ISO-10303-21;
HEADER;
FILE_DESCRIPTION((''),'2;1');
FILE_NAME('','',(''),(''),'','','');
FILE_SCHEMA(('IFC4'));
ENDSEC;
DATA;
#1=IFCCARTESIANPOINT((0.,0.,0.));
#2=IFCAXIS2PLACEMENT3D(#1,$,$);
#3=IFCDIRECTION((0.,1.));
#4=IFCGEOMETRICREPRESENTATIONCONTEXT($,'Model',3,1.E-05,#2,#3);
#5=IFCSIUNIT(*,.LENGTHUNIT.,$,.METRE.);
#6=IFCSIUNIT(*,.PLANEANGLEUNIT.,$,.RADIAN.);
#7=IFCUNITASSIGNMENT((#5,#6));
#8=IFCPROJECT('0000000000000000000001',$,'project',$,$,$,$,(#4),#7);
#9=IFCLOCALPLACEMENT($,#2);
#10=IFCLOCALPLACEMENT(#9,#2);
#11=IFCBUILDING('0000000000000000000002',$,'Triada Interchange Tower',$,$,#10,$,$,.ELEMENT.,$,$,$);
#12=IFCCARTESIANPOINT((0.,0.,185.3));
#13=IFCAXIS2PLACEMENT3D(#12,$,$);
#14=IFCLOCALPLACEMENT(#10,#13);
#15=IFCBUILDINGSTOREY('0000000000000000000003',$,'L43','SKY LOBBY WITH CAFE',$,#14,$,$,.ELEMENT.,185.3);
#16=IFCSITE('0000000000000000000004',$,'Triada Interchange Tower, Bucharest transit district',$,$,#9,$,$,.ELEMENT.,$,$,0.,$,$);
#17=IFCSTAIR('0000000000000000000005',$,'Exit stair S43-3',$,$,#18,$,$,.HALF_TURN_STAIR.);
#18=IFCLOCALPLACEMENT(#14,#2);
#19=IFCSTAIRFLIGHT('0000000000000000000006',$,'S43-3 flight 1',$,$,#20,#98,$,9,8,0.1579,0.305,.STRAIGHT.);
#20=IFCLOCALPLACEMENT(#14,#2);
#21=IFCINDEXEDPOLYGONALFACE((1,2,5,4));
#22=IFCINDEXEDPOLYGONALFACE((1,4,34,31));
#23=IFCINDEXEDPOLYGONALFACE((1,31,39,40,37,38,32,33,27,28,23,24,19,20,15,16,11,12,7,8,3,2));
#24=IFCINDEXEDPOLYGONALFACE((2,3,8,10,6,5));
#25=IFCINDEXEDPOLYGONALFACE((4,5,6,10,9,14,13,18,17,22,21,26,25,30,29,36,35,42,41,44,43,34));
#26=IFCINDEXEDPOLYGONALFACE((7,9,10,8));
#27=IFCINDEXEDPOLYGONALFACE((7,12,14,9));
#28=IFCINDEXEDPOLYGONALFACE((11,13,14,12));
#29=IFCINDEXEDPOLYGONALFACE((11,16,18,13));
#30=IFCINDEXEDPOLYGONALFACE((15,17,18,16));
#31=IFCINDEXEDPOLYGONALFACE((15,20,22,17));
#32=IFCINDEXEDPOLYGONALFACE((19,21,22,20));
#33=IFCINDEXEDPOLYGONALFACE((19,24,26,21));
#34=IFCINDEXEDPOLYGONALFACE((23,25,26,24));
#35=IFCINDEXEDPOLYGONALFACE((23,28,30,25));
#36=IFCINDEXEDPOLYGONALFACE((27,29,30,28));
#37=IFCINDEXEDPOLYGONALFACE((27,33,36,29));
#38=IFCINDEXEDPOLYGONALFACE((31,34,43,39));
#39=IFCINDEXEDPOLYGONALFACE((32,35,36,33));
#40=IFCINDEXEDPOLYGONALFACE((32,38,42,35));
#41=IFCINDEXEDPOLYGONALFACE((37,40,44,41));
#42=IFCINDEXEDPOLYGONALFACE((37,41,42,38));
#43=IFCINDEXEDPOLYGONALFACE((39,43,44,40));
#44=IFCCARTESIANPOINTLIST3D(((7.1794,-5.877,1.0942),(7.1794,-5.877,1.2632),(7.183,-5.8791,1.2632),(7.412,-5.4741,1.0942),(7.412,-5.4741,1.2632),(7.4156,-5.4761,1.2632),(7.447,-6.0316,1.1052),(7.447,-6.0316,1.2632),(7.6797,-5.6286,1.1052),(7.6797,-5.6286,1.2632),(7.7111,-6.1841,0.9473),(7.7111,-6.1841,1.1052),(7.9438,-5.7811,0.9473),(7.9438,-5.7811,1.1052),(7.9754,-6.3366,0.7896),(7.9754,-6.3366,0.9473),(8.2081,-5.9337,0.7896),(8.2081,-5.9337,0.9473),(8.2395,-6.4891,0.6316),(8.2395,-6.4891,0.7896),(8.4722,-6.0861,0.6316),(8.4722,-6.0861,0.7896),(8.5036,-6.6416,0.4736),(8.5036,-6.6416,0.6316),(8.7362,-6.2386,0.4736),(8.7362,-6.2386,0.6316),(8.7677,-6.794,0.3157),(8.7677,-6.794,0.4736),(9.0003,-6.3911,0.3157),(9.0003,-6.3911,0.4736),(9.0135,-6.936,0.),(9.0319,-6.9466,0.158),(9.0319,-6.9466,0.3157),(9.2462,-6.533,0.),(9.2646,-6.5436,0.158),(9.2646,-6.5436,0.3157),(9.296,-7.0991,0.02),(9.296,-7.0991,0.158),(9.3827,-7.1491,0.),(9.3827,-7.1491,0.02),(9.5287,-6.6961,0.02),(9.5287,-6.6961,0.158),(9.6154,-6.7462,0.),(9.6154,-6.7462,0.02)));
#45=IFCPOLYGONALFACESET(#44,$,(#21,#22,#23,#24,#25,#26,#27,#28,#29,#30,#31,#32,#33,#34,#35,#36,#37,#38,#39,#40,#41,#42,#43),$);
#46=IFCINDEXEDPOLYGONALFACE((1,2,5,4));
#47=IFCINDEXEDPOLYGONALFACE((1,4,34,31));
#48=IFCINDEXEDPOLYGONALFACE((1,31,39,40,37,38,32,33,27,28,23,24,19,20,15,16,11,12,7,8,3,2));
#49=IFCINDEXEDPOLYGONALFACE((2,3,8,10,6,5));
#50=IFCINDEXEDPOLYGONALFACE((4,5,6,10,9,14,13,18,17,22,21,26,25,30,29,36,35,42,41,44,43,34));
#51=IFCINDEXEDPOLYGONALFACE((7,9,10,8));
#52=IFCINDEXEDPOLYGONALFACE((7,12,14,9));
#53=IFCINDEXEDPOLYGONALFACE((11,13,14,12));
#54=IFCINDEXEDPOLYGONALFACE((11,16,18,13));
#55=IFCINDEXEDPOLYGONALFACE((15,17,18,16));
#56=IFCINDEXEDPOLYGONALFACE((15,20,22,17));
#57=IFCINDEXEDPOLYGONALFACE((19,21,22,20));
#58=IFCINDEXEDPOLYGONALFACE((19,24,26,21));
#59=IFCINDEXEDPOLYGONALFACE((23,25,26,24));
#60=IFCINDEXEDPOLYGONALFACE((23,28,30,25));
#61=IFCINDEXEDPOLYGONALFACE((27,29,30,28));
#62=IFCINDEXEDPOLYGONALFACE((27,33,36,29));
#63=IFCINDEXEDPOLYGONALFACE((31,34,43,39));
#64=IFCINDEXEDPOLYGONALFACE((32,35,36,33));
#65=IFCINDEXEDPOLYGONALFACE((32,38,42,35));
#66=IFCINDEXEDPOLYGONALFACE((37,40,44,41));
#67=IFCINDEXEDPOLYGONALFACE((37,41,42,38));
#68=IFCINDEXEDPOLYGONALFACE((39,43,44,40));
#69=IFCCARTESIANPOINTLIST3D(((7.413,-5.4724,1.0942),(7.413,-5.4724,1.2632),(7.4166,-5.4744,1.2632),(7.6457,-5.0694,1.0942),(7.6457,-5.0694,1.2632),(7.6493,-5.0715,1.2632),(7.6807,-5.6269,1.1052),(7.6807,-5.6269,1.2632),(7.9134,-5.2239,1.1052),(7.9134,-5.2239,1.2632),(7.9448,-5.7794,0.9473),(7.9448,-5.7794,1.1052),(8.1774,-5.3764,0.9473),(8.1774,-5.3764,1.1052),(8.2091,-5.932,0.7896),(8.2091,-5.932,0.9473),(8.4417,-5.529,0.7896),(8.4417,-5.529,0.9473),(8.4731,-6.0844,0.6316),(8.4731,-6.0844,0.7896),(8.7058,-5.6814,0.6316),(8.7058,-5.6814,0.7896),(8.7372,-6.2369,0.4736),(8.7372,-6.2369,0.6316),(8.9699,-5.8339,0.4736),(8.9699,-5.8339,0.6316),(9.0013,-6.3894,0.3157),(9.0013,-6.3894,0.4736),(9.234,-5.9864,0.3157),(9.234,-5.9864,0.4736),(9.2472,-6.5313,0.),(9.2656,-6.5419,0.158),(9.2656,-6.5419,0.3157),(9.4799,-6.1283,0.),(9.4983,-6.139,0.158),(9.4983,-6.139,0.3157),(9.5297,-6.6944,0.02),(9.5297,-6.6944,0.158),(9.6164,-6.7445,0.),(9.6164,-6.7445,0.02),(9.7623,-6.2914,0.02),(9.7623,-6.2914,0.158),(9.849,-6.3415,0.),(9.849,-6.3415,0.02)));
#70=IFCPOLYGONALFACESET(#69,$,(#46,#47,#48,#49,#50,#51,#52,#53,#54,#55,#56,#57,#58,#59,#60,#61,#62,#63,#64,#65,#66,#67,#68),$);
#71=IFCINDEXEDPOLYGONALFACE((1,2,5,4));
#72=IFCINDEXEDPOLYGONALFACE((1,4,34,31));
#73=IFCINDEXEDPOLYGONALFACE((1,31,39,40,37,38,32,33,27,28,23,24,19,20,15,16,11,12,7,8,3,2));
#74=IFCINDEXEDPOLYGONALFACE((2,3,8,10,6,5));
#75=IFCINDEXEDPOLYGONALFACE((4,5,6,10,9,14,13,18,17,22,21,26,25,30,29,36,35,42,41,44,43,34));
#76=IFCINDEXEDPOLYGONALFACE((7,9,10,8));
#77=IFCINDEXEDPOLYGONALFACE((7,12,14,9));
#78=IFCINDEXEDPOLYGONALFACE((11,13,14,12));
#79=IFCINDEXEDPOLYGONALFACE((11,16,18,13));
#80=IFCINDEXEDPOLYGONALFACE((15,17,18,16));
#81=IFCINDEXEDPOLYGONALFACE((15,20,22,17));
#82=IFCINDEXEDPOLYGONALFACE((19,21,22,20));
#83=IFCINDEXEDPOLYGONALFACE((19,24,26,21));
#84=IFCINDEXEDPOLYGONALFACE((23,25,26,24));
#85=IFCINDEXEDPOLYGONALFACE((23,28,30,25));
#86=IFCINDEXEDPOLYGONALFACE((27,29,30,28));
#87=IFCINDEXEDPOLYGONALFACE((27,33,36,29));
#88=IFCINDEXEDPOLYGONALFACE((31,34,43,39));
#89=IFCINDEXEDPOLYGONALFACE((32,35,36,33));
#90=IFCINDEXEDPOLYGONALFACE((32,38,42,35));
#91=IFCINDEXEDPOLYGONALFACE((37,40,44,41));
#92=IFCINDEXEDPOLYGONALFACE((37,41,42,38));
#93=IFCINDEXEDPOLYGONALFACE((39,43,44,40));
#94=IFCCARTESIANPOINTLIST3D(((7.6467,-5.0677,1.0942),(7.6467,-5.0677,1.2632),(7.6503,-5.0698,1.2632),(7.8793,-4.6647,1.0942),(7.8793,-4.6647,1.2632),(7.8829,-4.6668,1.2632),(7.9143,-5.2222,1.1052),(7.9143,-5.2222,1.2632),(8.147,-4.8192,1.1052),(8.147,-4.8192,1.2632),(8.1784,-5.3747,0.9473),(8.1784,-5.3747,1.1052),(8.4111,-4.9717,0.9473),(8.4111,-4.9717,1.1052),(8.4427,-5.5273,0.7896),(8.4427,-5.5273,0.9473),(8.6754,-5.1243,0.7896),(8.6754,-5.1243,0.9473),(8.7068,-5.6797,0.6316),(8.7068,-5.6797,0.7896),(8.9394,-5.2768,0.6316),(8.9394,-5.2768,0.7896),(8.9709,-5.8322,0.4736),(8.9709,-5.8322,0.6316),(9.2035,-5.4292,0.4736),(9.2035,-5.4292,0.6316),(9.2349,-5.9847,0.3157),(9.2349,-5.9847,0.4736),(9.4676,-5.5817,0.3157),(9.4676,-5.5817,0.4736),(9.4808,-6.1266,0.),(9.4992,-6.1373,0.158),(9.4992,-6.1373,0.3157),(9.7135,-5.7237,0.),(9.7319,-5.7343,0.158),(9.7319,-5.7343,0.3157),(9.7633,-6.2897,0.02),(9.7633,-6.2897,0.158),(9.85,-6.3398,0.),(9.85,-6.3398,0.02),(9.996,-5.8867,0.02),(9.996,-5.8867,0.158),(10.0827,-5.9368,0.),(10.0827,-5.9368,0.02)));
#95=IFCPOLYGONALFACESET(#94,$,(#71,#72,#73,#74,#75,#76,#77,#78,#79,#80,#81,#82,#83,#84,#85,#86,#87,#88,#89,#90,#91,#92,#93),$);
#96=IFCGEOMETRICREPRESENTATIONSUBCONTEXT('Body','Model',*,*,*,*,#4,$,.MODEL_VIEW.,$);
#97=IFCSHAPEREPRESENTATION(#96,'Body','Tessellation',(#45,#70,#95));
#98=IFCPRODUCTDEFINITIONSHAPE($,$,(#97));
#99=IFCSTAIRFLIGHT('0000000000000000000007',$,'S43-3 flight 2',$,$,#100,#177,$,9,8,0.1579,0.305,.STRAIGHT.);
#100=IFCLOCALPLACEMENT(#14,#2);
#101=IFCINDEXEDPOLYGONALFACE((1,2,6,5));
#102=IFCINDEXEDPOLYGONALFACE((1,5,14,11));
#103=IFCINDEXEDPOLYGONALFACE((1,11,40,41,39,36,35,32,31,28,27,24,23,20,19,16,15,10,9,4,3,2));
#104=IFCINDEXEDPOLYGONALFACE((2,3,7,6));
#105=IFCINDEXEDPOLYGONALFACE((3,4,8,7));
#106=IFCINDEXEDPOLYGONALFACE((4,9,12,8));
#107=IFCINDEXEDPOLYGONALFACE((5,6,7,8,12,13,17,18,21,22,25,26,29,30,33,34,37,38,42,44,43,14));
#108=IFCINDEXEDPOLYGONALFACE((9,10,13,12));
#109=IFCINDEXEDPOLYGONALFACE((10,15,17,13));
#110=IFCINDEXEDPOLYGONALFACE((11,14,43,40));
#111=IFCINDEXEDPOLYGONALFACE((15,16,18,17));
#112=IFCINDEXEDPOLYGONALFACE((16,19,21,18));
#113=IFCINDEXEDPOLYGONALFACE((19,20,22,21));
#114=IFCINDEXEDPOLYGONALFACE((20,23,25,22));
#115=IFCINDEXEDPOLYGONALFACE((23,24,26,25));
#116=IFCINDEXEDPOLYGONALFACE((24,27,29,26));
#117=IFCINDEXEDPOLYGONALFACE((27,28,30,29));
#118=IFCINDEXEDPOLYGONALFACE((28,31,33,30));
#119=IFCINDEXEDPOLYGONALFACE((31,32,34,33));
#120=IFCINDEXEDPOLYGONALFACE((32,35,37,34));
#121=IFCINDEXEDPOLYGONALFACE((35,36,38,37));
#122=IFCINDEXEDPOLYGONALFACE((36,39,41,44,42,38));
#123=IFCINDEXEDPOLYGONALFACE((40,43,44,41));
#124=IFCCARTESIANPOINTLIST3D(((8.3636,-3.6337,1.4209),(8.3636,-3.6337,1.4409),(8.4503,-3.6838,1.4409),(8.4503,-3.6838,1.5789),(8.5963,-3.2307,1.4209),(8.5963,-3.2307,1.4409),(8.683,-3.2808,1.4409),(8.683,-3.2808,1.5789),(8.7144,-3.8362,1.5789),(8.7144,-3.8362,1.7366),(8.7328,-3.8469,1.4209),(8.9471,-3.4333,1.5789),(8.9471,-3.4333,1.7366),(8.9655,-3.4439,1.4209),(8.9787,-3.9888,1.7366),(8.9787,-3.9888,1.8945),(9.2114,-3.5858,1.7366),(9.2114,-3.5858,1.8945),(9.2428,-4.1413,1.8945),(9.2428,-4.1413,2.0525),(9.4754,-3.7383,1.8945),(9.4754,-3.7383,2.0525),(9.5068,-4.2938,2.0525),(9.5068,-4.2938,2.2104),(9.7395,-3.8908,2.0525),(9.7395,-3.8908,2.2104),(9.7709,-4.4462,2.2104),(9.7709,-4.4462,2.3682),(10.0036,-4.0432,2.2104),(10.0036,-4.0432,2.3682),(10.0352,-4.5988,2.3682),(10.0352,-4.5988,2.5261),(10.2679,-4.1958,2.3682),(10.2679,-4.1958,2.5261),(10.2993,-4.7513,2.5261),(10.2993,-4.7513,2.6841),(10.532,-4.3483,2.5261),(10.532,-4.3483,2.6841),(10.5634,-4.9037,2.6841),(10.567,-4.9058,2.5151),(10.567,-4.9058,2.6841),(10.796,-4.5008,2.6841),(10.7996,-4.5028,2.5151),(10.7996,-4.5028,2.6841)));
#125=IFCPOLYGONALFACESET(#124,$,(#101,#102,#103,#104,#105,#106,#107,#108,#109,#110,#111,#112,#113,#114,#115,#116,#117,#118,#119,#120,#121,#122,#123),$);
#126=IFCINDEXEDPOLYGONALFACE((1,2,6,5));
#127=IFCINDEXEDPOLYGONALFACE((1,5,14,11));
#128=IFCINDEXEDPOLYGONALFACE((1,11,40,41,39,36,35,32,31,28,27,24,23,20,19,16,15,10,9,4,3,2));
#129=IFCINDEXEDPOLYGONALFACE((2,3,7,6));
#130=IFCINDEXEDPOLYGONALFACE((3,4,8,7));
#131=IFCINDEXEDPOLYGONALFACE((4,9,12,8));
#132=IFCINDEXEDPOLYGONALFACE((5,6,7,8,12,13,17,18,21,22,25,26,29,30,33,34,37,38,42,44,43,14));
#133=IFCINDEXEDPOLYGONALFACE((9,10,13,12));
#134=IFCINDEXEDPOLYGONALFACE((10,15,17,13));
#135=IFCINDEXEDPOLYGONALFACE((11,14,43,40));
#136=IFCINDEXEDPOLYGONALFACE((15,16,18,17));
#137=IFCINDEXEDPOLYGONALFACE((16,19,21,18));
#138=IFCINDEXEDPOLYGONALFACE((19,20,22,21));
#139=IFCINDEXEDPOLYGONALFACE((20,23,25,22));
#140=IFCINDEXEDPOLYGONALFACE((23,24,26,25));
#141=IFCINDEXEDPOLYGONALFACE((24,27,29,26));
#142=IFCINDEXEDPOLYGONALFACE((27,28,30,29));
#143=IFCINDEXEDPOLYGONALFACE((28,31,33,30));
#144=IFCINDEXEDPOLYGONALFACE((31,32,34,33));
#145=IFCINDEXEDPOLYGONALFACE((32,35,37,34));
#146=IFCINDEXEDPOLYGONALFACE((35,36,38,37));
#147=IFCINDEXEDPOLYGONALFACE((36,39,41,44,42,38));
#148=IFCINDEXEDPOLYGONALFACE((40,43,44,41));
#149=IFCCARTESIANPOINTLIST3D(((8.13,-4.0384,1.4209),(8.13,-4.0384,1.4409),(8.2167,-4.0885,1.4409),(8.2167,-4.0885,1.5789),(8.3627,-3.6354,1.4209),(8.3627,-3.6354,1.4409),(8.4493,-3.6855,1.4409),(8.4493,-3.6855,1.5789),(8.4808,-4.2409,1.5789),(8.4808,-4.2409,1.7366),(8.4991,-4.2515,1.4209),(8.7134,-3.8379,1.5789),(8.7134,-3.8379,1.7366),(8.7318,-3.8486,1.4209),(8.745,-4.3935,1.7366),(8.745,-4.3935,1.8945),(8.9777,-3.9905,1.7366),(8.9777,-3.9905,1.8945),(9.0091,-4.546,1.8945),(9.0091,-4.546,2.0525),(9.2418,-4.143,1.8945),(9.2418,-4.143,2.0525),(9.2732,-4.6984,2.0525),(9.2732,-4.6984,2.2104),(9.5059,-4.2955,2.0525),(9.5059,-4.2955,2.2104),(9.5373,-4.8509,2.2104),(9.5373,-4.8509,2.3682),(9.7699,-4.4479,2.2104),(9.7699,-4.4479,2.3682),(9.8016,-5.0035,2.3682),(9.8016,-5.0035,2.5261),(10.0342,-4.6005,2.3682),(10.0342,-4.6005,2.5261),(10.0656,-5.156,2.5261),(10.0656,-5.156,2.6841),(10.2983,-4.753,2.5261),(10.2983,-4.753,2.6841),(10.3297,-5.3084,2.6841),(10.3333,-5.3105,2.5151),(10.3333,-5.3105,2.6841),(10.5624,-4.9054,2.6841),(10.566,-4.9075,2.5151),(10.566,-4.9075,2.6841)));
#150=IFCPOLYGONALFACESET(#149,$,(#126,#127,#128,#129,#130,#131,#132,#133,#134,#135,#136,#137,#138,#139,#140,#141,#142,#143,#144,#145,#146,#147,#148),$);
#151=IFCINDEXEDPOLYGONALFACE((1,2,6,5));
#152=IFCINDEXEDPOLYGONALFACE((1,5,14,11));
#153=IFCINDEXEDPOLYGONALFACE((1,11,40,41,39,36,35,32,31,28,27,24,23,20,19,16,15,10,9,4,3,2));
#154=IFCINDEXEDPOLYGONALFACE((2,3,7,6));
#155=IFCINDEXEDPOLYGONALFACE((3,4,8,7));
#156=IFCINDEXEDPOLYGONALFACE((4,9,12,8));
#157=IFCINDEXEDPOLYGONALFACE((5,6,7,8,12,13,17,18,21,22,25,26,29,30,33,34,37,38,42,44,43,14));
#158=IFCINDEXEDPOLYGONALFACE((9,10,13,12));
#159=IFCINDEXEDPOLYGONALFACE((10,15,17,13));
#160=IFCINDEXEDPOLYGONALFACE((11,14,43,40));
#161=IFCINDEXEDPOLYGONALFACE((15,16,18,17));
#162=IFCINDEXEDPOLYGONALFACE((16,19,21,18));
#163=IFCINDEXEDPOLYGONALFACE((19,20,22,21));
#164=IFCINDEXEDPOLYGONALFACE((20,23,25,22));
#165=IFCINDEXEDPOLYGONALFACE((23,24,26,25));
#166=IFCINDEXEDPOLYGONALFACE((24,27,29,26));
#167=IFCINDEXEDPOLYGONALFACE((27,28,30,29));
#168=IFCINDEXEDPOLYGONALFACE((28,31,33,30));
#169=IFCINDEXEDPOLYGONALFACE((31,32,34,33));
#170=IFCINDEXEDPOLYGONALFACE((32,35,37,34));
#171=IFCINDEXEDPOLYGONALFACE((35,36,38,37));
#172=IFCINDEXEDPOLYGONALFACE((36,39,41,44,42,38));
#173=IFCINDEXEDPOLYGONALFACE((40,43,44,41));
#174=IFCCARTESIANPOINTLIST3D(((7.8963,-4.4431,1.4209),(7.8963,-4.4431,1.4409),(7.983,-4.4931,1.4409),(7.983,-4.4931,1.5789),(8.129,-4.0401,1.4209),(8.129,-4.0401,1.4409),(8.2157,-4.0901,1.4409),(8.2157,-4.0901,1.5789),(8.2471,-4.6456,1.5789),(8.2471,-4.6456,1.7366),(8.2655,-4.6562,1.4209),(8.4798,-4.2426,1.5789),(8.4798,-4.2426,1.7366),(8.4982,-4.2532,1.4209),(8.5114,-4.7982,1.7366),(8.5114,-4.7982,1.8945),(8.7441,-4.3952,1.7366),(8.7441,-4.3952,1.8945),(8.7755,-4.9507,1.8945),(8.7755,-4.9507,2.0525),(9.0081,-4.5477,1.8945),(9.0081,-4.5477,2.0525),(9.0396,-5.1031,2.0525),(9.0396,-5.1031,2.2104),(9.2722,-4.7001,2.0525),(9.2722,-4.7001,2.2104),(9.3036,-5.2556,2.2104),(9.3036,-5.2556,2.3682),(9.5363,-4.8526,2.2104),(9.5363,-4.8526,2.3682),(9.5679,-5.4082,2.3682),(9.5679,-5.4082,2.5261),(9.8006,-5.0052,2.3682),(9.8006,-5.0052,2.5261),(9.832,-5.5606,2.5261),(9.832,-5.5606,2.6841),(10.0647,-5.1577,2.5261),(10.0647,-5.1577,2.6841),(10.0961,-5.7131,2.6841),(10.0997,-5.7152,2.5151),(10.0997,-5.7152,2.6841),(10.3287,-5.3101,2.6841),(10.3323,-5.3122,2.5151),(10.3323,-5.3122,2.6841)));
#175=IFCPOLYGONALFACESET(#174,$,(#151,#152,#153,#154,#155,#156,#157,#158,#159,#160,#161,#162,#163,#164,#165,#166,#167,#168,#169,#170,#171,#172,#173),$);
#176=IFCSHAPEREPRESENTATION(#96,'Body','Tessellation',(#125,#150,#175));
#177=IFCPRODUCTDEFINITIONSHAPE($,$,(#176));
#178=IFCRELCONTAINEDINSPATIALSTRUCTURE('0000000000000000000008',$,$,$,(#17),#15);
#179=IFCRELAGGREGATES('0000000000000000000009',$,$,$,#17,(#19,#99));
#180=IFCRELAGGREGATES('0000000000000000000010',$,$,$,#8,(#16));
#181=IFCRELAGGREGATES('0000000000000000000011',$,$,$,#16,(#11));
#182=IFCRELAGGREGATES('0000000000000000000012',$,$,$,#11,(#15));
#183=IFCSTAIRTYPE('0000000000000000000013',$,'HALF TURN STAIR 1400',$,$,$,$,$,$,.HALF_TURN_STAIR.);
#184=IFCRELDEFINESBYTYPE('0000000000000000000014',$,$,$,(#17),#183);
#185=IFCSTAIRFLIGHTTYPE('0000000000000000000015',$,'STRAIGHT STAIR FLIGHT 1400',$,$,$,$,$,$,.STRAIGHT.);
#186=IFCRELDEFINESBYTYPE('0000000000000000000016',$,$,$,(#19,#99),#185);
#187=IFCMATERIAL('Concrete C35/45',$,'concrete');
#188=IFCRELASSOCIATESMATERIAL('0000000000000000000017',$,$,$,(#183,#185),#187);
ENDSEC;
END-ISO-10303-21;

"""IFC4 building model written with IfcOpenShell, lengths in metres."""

from ifc_helpers import new_model, si_unit, direction, frame, origin, place, context, subcontext, project, spatial, polyline, outline, extrude, material, type_object, element, aggregate, save


model = new_model("IFC4")

# Units and contexts
model_context = context("Model", 3, precision=1e-05, world=origin(), true_north=direction((0.0, 1.0)))
body_context = subcontext(model_context, "Body", "Model", "MODEL_VIEW")
ifc_project = project(units=[si_unit("LENGTHUNIT", "METRE"), si_unit("PLANEANGLEUNIT", "RADIAN")], contexts=[model_context])

# Site, building, storey
site_placement = place(None, origin())
site = spatial("IfcSite", under=ifc_project, at=site_placement, Name="Triada Interchange Tower, Bucharest transit district", CompositionType="ELEMENT", RefElevation=0.0)
building_placement = place(site_placement, origin())
building = spatial("IfcBuilding", under=site, at=building_placement, Name="Triada Interchange Tower", CompositionType="ELEMENT")
storey_placement = place(building_placement, frame((0.0, 0.0, 185.3)))
storey = spatial("IfcBuildingStorey", under=building, at=storey_placement, Name="L43", Description="SKY LOBBY WITH CAFE", CompositionType="ELEMENT", Elevation=185.3)

# Shared definitions
ifc_material_1 = material(Name="Concrete C35/45", Category="concrete")

# Stair, stair flights
stair_type = type_object("IfcStairType", Name="HALF TURN STAIR 1400", PredefinedType="HALF_TURN_STAIR", material=ifc_material_1)
stair_placement = place(storey_placement, origin())
stair = element("IfcStair", 1, at=stair_placement, inside=storey, type_object=stair_type, Name="Exit stair S43-3", PredefinedType="HALF_TURN_STAIR")
stair_flight_type = type_object("IfcStairFlightType", Name="STRAIGHT STAIR FLIGHT 1400", PredefinedType="STRAIGHT", material=ifc_material_1)
stair_flight_1_placement = place(storey_placement, frame((9.646, -6.4929, 0.0), z_axis=(0.0, 0.0, 1.0), x_axis=(-0.866025, 0.5, 0.0)))
stair_flight_1 = element("IfcStairFlight", 2, at=stair_flight_1_placement, type_object=stair_flight_type, Name="S43-3 flight 1", NumberOfRisers=9, NumberOfTreads=8, PredefinedType="STRAIGHT", RiserHeight=0.1579, TreadLength=0.305, context=body_context, shape_type="SweptSolid", body=[
    extrude(outline(polyline([(-0.1001, 0.0), (-0.1001, 0.02), (0.0, 0.02), (0.0, 0.158), (0.3049, 0.158), (0.3049, 0.3157), (0.6101, 0.3157), (0.6101, 0.4736), (0.915, 0.4736), (0.915, 0.6316), (1.22, 0.6316), (1.22, 0.7896), (1.5249, 0.7896), (1.5249, 0.9473), (1.8301, 0.9473), (1.8301, 1.1052), (2.135, 1.1052), (2.135, 1.2632), (2.4399, 1.2632), (2.4441, 1.2632), (2.4441, 1.4209), (2.4441, 1.0942), (0.3262, 0.0), (-0.1001, 0.0)])), frame((0.0, 0.7, 0.0), z_axis=(0.0, -1.0, 0.0), x_axis=(1.0, 0.0, 0.0)), (0.0, 0.0, 1.0), 0.4653),
    extrude(outline(polyline([(-0.1001, 0.0), (-0.1001, 0.02), (0.0, 0.02), (0.0, 0.158), (0.3049, 0.158), (0.3049, 0.3157), (0.6101, 0.3157), (0.6101, 0.4736), (0.915, 0.4736), (0.915, 0.6316), (1.22, 0.6316), (1.22, 0.7896), (1.5249, 0.7896), (1.5249, 0.9473), (1.8301, 0.9473), (1.8301, 1.1052), (2.135, 1.1052), (2.135, 1.2632), (2.4399, 1.2632), (2.4441, 1.2632), (2.4441, 1.4209), (2.4441, 1.0942), (0.3262, 0.0), (-0.1001, 0.0)])), frame((0.0, 0.2327, 0.0), z_axis=(0.0, -1.0, 0.0), x_axis=(1.0, 0.0, 0.0)), (0.0, 0.0, 1.0), 0.4653),
    extrude(outline(polyline([(-0.1001, 0.0), (-0.1001, 0.02), (0.0, 0.02), (0.0, 0.158), (0.3049, 0.158), (0.3049, 0.3157), (0.6101, 0.3157), (0.6101, 0.4736), (0.915, 0.4736), (0.915, 0.6316), (1.22, 0.6316), (1.22, 0.7896), (1.5249, 0.7896), (1.5249, 0.9473), (1.8301, 0.9473), (1.8301, 1.1052), (2.135, 1.1052), (2.135, 1.2632), (2.4399, 1.2632), (2.4441, 1.2632), (2.4441, 1.4209), (2.4441, 1.0942), (0.3262, 0.0), (-0.1001, 0.0)])), frame((0.0, -0.2346, 0.0), z_axis=(0.0, -1.0, 0.0), x_axis=(1.0, 0.0, 0.0)), (0.0, 0.0, 1.0), 0.4653),
])
stair_flight_2_placement = place(storey_placement, frame((8.333, -3.887, 1.4209), z_axis=(0.0, 0.0, 1.0), x_axis=(0.866025, -0.5, 0.0)))
stair_flight_2 = element("IfcStairFlight", 3, at=stair_flight_2_placement, type_object=stair_flight_type, Name="S43-3 flight 2", NumberOfRisers=9, NumberOfTreads=8, PredefinedType="STRAIGHT", RiserHeight=0.1579, TreadLength=0.305, context=body_context, shape_type="SweptSolid", body=[
    extrude(outline(polyline([(-0.1001, 0.0), (-0.1001, 0.02), (0.0, 0.02), (0.0, 0.158), (0.3049, 0.158), (0.3049, 0.3157), (0.6101, 0.3157), (0.6101, 0.4736), (0.915, 0.4736), (0.915, 0.6316), (1.22, 0.6316), (1.22, 0.7896), (1.5249, 0.7896), (1.5249, 0.9473), (1.8301, 0.9473), (1.8301, 1.1052), (2.135, 1.1052), (2.135, 1.2632), (2.4399, 1.2632), (2.4441, 1.2632), (2.4441, 1.4209), (2.4441, 1.0942), (0.3262, 0.0), (-0.1001, 0.0)])), frame((0.0, 0.7, 0.0), z_axis=(0.0, -1.0, 0.0), x_axis=(1.0, 0.0, 0.0)), (0.0, 0.0, 1.0), 0.4653),
    extrude(outline(polyline([(-0.1001, 0.0), (-0.1001, 0.02), (0.0, 0.02), (0.0, 0.158), (0.3049, 0.158), (0.3049, 0.3157), (0.6101, 0.3157), (0.6101, 0.4736), (0.915, 0.4736), (0.915, 0.6316), (1.22, 0.6316), (1.22, 0.7896), (1.5249, 0.7896), (1.5249, 0.9473), (1.8301, 0.9473), (1.8301, 1.1052), (2.135, 1.1052), (2.135, 1.2632), (2.4399, 1.2632), (2.4441, 1.2632), (2.4441, 1.4209), (2.4441, 1.0942), (0.3262, 0.0), (-0.1001, 0.0)])), frame((0.0, 0.2327, 0.0), z_axis=(0.0, -1.0, 0.0), x_axis=(1.0, 0.0, 0.0)), (0.0, 0.0, 1.0), 0.4653),
    extrude(outline(polyline([(-0.1001, 0.0), (-0.1001, 0.02), (0.0, 0.02), (0.0, 0.158), (0.3049, 0.158), (0.3049, 0.3157), (0.6101, 0.3157), (0.6101, 0.4736), (0.915, 0.4736), (0.915, 0.6316), (1.22, 0.6316), (1.22, 0.7896), (1.5249, 0.7896), (1.5249, 0.9473), (1.8301, 0.9473), (1.8301, 1.1052), (2.135, 1.1052), (2.135, 1.2632), (2.4399, 1.2632), (2.4441, 1.2632), (2.4441, 1.4209), (2.4441, 1.0942), (0.3262, 0.0), (-0.1001, 0.0)])), frame((0.0, -0.2346, 0.0), z_axis=(0.0, -1.0, 0.0), x_axis=(1.0, 0.0, 0.0)), (0.0, 0.0, 1.0), 0.4653),
])

aggregate(stair, [stair_flight_1, stair_flight_2])

save(model, "model.ifc")
